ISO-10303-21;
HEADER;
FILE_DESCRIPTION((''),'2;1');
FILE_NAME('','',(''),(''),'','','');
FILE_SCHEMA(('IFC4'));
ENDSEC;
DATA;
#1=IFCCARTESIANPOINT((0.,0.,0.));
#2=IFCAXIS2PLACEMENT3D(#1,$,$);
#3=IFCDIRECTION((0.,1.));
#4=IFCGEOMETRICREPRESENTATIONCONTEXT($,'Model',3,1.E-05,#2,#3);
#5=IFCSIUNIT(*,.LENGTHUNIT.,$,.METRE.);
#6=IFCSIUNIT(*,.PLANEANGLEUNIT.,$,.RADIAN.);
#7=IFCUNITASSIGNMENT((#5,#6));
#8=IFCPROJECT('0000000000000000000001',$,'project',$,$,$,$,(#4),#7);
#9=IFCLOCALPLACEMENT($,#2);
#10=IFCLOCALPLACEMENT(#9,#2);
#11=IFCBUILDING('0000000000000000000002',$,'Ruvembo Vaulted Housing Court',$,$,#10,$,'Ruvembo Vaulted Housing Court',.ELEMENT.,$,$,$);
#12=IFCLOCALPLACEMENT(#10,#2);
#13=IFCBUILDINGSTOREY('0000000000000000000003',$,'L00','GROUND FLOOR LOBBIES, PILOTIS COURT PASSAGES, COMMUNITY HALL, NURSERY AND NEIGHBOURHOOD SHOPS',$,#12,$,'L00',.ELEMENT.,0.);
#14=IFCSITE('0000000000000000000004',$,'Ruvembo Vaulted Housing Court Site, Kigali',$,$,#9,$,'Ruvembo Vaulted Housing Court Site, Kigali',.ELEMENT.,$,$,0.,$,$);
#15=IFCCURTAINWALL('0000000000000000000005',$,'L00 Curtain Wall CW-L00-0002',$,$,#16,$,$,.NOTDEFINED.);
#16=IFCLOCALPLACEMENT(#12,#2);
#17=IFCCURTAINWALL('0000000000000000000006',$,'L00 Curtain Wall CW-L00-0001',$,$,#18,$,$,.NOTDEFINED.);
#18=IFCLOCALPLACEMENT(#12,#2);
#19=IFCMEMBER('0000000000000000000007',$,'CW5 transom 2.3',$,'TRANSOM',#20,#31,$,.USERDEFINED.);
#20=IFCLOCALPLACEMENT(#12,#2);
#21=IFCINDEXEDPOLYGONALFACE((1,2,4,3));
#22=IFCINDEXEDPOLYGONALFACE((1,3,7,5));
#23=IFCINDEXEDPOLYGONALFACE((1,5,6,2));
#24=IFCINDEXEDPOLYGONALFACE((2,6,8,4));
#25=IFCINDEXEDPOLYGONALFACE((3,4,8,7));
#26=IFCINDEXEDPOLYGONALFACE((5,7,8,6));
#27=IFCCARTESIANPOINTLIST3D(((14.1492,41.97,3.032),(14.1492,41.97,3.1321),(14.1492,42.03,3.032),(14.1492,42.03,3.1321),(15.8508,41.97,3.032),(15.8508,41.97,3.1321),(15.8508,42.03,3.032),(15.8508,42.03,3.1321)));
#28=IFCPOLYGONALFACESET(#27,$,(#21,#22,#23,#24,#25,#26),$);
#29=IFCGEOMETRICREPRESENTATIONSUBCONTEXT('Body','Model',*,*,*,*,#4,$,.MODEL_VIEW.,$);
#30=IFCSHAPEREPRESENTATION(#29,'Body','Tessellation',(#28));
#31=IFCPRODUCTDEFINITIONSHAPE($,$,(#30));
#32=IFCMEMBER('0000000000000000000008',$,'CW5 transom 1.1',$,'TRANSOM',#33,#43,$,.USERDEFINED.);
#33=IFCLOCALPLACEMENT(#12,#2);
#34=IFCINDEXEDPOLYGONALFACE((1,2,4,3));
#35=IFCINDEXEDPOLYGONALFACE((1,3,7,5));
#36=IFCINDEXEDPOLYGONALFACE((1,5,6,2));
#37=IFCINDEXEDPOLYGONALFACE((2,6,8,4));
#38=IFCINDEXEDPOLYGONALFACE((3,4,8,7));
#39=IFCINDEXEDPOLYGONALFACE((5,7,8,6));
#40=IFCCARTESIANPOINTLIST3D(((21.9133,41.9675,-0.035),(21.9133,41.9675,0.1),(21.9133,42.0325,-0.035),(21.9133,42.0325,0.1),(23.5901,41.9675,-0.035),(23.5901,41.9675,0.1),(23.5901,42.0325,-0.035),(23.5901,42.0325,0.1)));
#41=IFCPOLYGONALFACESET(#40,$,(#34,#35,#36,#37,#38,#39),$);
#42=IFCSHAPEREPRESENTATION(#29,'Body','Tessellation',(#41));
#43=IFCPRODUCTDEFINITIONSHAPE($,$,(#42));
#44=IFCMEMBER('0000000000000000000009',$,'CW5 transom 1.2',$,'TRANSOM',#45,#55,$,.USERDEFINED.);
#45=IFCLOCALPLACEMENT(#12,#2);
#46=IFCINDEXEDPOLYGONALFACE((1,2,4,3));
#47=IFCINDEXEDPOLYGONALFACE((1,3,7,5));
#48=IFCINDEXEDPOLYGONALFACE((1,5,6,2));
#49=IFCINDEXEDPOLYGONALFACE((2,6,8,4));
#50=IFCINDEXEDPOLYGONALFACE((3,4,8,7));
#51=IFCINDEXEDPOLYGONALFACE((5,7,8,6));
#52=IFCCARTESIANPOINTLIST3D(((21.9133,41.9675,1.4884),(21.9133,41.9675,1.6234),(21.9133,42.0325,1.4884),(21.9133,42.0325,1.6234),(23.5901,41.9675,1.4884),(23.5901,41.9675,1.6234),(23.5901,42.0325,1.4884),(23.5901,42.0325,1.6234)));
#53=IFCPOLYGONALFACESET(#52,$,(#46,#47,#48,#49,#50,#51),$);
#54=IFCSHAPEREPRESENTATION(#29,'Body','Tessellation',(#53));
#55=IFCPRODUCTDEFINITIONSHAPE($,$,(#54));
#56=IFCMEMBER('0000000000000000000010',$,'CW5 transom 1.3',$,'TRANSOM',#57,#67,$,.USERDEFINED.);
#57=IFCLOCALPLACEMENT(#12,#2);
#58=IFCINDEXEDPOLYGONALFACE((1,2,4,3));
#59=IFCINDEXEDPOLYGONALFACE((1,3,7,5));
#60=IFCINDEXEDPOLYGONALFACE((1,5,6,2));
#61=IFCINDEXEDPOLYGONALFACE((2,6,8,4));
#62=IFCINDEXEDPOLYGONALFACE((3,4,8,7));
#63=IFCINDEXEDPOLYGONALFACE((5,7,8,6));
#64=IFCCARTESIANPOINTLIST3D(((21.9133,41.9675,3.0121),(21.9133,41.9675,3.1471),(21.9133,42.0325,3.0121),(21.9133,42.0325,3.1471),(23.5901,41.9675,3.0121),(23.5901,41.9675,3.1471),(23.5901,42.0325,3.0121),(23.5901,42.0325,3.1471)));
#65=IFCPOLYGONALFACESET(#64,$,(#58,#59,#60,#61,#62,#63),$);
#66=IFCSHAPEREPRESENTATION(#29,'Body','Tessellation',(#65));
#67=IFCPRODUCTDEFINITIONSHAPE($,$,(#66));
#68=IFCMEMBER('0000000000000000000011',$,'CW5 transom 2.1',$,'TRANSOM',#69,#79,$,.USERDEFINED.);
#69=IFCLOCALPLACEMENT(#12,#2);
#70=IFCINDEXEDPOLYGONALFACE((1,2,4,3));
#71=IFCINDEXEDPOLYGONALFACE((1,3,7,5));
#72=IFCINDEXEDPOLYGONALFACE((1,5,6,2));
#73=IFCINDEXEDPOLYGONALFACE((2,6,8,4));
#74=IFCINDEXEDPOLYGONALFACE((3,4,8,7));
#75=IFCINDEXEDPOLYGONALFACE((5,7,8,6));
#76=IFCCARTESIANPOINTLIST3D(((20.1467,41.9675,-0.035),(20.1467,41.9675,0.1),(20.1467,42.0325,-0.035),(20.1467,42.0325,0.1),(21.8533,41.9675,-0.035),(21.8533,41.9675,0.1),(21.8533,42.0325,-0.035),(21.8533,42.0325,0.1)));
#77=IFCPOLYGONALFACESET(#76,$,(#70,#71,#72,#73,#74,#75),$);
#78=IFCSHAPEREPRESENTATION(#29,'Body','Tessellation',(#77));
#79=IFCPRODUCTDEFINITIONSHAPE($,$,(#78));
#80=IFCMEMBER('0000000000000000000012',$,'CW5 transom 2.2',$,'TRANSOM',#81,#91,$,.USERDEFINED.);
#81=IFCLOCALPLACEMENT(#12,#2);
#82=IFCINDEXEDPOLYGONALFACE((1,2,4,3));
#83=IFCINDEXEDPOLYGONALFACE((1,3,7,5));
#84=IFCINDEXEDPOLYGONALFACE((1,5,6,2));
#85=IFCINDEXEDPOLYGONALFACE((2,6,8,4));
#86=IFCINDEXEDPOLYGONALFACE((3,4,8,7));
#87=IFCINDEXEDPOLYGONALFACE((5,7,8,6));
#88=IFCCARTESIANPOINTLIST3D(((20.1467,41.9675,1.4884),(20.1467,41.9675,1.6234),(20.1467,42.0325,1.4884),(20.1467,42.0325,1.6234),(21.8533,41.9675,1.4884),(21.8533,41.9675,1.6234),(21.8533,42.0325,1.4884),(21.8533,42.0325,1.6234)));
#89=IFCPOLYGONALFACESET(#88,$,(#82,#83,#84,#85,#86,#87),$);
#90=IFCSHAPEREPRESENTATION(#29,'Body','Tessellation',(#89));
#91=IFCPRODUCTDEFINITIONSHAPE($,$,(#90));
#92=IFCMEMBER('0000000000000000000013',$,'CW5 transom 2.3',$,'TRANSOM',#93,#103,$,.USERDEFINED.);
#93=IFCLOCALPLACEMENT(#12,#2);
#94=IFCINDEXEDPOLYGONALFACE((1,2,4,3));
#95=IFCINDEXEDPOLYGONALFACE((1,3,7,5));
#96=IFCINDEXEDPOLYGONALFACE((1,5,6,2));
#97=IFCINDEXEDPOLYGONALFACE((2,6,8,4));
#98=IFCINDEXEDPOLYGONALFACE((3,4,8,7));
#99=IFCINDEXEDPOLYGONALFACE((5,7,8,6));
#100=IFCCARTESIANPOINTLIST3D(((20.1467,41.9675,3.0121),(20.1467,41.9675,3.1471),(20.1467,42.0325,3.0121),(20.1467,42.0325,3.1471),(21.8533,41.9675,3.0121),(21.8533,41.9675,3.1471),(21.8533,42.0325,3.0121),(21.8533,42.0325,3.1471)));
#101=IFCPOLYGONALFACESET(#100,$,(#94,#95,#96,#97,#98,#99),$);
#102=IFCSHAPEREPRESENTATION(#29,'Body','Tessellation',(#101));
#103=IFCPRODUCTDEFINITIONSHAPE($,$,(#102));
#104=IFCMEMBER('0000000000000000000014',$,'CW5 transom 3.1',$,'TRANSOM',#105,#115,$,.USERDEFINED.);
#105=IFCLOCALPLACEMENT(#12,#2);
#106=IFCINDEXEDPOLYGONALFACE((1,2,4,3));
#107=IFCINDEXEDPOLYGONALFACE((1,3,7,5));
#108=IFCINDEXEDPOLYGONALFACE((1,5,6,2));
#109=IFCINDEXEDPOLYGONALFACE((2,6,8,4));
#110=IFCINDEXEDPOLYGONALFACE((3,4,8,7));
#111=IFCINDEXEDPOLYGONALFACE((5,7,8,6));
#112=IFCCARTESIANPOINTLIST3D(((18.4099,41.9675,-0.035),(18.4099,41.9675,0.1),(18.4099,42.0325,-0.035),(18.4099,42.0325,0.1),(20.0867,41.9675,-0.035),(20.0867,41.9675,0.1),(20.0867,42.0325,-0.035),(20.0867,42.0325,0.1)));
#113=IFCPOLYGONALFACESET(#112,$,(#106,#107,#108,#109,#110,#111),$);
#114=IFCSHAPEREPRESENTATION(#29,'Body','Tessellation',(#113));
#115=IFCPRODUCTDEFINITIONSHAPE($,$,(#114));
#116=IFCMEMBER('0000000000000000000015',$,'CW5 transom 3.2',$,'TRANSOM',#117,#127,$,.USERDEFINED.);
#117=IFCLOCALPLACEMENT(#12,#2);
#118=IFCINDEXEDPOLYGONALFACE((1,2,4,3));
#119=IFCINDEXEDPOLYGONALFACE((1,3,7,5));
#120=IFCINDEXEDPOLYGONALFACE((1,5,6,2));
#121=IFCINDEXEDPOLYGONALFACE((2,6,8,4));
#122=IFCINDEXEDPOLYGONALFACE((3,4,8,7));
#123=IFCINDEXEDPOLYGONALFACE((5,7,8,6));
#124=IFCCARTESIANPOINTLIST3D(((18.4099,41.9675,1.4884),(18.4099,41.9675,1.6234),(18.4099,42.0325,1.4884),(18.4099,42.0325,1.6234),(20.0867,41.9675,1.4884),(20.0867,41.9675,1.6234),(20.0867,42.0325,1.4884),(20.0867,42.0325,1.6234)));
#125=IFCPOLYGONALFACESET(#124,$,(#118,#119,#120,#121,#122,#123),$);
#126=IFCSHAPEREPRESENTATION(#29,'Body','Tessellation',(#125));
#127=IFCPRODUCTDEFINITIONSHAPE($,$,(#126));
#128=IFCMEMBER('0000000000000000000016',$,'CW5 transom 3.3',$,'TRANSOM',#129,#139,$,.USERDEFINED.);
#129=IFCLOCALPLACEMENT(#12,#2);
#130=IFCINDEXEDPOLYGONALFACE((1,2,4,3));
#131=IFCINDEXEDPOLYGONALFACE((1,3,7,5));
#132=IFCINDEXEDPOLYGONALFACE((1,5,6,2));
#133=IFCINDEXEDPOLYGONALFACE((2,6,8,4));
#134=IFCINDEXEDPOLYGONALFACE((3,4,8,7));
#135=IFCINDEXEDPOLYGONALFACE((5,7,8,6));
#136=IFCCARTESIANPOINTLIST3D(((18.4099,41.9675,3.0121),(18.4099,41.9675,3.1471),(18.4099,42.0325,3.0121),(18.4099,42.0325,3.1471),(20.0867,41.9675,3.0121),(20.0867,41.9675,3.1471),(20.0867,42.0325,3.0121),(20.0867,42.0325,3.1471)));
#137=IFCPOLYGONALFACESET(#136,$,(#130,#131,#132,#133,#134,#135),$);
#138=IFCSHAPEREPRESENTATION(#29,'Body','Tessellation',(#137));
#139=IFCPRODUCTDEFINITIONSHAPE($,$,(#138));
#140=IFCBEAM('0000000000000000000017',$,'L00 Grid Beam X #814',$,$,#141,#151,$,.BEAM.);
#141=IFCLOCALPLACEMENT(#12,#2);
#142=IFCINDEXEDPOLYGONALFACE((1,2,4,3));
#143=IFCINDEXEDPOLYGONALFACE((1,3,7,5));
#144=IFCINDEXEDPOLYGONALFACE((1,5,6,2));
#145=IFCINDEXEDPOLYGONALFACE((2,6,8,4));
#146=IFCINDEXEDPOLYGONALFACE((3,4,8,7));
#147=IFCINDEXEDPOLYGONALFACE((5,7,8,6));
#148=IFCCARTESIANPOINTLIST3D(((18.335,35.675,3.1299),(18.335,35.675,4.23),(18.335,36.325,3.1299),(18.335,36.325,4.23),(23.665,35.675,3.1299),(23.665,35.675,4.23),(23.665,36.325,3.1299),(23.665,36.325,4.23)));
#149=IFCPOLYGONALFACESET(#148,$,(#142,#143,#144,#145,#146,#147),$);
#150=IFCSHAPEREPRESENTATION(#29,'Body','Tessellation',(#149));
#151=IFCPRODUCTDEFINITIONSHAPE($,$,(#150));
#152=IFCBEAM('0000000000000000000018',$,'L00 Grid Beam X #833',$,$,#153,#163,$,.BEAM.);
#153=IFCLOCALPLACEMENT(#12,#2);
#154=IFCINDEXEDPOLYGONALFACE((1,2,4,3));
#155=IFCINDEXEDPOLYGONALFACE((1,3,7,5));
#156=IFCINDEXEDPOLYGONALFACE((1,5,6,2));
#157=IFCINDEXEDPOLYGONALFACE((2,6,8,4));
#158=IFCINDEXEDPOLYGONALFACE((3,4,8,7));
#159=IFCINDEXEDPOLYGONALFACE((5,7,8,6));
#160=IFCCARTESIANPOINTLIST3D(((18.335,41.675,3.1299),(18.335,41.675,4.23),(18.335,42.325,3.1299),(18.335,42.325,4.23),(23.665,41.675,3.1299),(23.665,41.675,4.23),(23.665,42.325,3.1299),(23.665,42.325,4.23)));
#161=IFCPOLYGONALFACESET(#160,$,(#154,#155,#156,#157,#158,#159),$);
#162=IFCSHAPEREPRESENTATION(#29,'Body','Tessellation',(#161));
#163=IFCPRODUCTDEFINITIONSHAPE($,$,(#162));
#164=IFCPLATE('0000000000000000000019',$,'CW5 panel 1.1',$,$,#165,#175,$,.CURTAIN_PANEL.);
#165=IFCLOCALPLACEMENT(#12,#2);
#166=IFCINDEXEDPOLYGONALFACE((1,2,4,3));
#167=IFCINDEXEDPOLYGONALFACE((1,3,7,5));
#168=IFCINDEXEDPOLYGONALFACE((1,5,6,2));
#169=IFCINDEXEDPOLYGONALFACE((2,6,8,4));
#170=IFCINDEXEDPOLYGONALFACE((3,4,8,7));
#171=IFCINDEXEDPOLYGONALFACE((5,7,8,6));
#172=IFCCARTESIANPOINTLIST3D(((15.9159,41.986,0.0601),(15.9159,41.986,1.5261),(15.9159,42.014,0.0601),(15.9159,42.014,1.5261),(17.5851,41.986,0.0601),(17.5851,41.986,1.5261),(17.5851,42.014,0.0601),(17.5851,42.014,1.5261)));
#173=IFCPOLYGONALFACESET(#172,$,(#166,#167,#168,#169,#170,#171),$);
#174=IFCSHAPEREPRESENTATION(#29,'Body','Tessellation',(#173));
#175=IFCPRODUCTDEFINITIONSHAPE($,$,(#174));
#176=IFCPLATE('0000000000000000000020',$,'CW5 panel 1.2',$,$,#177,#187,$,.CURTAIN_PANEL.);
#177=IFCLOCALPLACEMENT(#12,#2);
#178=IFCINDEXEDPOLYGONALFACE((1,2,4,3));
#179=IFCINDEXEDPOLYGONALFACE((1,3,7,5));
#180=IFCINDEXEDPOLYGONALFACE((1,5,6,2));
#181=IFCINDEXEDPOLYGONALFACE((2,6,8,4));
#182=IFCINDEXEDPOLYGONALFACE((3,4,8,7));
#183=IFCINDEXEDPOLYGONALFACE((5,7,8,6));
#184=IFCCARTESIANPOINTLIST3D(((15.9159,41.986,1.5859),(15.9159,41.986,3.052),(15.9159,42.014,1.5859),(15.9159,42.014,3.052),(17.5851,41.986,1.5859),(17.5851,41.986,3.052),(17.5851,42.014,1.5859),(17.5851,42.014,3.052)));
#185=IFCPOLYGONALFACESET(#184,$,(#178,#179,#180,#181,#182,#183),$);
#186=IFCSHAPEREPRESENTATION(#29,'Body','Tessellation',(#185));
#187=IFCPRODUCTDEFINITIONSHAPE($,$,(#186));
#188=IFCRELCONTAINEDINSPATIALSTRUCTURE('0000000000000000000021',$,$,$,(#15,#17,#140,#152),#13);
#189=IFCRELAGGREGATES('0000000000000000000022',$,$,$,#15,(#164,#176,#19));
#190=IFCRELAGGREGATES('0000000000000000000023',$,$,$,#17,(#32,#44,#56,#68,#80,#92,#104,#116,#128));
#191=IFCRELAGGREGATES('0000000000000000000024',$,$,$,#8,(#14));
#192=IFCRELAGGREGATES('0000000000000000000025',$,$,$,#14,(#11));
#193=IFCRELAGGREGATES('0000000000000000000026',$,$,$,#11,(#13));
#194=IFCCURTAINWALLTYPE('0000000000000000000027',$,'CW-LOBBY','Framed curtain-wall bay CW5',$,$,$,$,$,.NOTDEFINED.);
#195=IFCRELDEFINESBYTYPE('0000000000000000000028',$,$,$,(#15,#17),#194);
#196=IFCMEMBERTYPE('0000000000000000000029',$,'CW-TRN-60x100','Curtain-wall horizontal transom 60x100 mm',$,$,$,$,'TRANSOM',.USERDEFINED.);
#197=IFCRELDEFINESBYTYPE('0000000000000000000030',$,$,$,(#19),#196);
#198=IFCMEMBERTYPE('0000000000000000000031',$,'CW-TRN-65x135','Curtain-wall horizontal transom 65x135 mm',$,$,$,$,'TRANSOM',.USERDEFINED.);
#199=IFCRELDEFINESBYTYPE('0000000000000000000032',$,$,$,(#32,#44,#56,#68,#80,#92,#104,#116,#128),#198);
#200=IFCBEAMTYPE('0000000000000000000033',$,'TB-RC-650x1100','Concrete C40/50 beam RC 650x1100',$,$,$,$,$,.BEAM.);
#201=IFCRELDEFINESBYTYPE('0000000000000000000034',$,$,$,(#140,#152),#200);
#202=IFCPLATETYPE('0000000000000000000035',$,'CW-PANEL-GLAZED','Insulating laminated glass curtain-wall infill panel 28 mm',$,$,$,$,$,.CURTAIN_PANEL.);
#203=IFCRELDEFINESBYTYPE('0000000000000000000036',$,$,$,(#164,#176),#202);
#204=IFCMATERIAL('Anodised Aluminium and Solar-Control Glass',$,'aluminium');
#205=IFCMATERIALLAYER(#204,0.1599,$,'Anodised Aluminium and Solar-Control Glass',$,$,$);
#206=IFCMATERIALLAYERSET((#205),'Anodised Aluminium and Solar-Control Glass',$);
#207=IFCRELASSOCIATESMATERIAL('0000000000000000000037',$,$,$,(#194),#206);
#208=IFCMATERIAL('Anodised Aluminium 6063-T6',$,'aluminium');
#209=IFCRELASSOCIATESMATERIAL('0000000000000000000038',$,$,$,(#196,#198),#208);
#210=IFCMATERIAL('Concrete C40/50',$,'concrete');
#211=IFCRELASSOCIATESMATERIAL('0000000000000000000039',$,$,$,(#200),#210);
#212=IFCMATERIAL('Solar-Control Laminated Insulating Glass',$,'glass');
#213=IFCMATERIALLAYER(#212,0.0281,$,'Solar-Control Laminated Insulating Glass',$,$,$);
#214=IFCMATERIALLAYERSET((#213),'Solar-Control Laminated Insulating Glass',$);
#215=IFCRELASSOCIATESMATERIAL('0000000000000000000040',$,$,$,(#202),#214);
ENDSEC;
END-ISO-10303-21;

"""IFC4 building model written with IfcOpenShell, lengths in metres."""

from ifc_helpers import new_model, si_unit, direction, frame, origin, origin_2d, place, context, subcontext, project, spatial, rectangle, extrude, material, layer, layer_set, material_profile, profile_set, type_object, element, aggregate, save


model = new_model("IFC4")

# Units and contexts
model_context = context("Model", 3, precision=1e-05, world=origin(), true_north=direction((0.0, 1.0)))
body_context = subcontext(model_context, "Body", "Model", "MODEL_VIEW")
ifc_project = project(units=[si_unit("LENGTHUNIT", "METRE"), si_unit("PLANEANGLEUNIT", "RADIAN")], contexts=[model_context])

# Site, building, storey
site_placement = place(None, origin())
site = spatial("IfcSite", under=ifc_project, at=site_placement, Name="Ruvembo Vaulted Housing Court Site, Kigali", LongName="Ruvembo Vaulted Housing Court Site, Kigali", CompositionType="ELEMENT", RefElevation=0.0)
building_placement = place(site_placement, origin())
building = spatial("IfcBuilding", under=site, at=building_placement, Name="Ruvembo Vaulted Housing Court", LongName="Ruvembo Vaulted Housing Court", CompositionType="ELEMENT")
storey_placement = place(building_placement, origin())
storey = spatial("IfcBuildingStorey", under=building, at=storey_placement, Name="L00", Description="GROUND FLOOR LOBBIES, PILOTIS COURT PASSAGES, COMMUNITY HALL, NURSERY AND NEIGHBOURHOOD SHOPS", LongName="L00", CompositionType="ELEMENT", Elevation=0.0)

# Shared definitions
ifc_material_1 = material(Name="Concrete C40/50", Category="concrete")

# Curtain walls
ifc_material_2 = material(Name="Anodised Aluminium and Solar-Control Glass", Category="aluminium")
ifc_layer_1 = layer(ifc_material_2, 0.1599, Name="Anodised Aluminium and Solar-Control Glass")
ifc_layer_set_1 = layer_set([ifc_layer_1], Name="Anodised Aluminium and Solar-Control Glass")
curtain_wall_type = type_object("IfcCurtainWallType", Name="CW-LOBBY", Description="Framed curtain-wall bay CW5", PredefinedType="NOTDEFINED", material=ifc_layer_set_1)
curtain_wall_1_placement = place(storey_placement, origin())
curtain_wall_1 = element("IfcCurtainWall", 1, at=curtain_wall_1_placement, inside=storey, type_object=curtain_wall_type, Name="L00 Curtain Wall CW-L00-0002", PredefinedType="NOTDEFINED")
ifc_material_3 = material(Name="Anodised Aluminium 6063-T6", Category="aluminium")
curtain_wall_2_placement = place(storey_placement, origin())
curtain_wall_2 = element("IfcCurtainWall", 2, at=curtain_wall_2_placement, inside=storey, type_object=curtain_wall_type, Name="L00 Curtain Wall CW-L00-0001", PredefinedType="NOTDEFINED")

# Members
ifc_material_profile_1 = material_profile(ifc_material_3, rectangle(XDim=0.0601, YDim=0.1001, at=origin_2d()), Name="ALU 60x100")
ifc_profile_set_1 = profile_set([ifc_material_profile_1], Name="Anodised Aluminium 6063-T6")
member_type_1 = type_object("IfcMemberType", Name="CW-TRN-60x100", Description="Curtain-wall horizontal transom 60x100 mm", ElementType="TRANSOM", PredefinedType="USERDEFINED", material=ifc_profile_set_1)
member_1_placement = place(storey_placement, frame((15.8508, 42.0, 3.082), z_axis=(-1.0, 0.0, 0.0), x_axis=(0.0, -1.0, 0.0)))
member_1 = element("IfcMember", 3, at=member_1_placement, type_object=member_type_1, Name="CW5 transom 2.3", ObjectType="TRANSOM", PredefinedType="USERDEFINED", context=body_context, shape_type="SweptSolid", body=[
    extrude(rectangle(XDim=0.0601, YDim=0.1001, at=origin_2d()), origin(), (0.0, 0.0, 1.0), 1.7017),
])
ifc_material_profile_2 = material_profile(ifc_material_3, rectangle(XDim=0.0649, YDim=0.135, at=origin_2d()), Name="ALU 65x135")
ifc_profile_set_2 = profile_set([ifc_material_profile_2], Name="Anodised Aluminium 6063-T6")
member_type_2 = type_object("IfcMemberType", Name="CW-TRN-65x135", Description="Curtain-wall horizontal transom 65x135 mm", ElementType="TRANSOM", PredefinedType="USERDEFINED", material=ifc_profile_set_2)
member_2_placement = place(storey_placement, frame((23.5901, 42.0, 0.0325), z_axis=(-1.0, 0.0, 0.0), x_axis=(0.0, -1.0, 0.0)))
member_2 = element("IfcMember", 4, at=member_2_placement, type_object=member_type_2, Name="CW5 transom 1.1", ObjectType="TRANSOM", PredefinedType="USERDEFINED", context=body_context, shape_type="SweptSolid", body=[
    extrude(rectangle(XDim=0.0649, YDim=0.135, at=origin_2d()), origin(), (0.0, 0.0, 1.0), 1.6768),
])
member_3_placement = place(storey_placement, frame((23.5901, 42.0, 1.5559), z_axis=(-1.0, 0.0, 0.0), x_axis=(0.0, -1.0, 0.0)))
member_3 = element("IfcMember", 5, at=member_3_placement, type_object=member_type_2, Name="CW5 transom 1.2", ObjectType="TRANSOM", PredefinedType="USERDEFINED", context=body_context, shape_type="SweptSolid", body=[
    extrude(rectangle(XDim=0.0649, YDim=0.135, at=origin_2d()), origin(), (0.0, 0.0, 1.0), 1.6768),
])
member_4_placement = place(storey_placement, frame((23.5901, 42.0, 3.0796), z_axis=(-1.0, 0.0, 0.0), x_axis=(0.0, -1.0, 0.0)))
member_4 = element("IfcMember", 6, at=member_4_placement, type_object=member_type_2, Name="CW5 transom 1.3", ObjectType="TRANSOM", PredefinedType="USERDEFINED", context=body_context, shape_type="SweptSolid", body=[
    extrude(rectangle(XDim=0.0649, YDim=0.135, at=origin_2d()), origin(), (0.0, 0.0, 1.0), 1.6768),
])
member_5_placement = place(storey_placement, frame((21.8533, 42.0, 0.0325), z_axis=(-1.0, 0.0, 0.0), x_axis=(0.0, -1.0, 0.0)))
member_5 = element("IfcMember", 7, at=member_5_placement, type_object=member_type_2, Name="CW5 transom 2.1", ObjectType="TRANSOM", PredefinedType="USERDEFINED", context=body_context, shape_type="SweptSolid", body=[
    extrude(rectangle(XDim=0.0649, YDim=0.135, at=origin_2d()), origin(), (0.0, 0.0, 1.0), 1.7065),
])
member_6_placement = place(storey_placement, frame((21.8533, 42.0, 1.5559), z_axis=(-1.0, 0.0, 0.0), x_axis=(0.0, -1.0, 0.0)))
member_6 = element("IfcMember", 8, at=member_6_placement, type_object=member_type_2, Name="CW5 transom 2.2", ObjectType="TRANSOM", PredefinedType="USERDEFINED", context=body_context, shape_type="SweptSolid", body=[
    extrude(rectangle(XDim=0.0649, YDim=0.135, at=origin_2d()), origin(), (0.0, 0.0, 1.0), 1.7065),
])
member_7_placement = place(storey_placement, frame((21.8533, 42.0, 3.0796), z_axis=(-1.0, 0.0, 0.0), x_axis=(0.0, -1.0, 0.0)))
member_7 = element("IfcMember", 9, at=member_7_placement, type_object=member_type_2, Name="CW5 transom 2.3", ObjectType="TRANSOM", PredefinedType="USERDEFINED", context=body_context, shape_type="SweptSolid", body=[
    extrude(rectangle(XDim=0.0649, YDim=0.135, at=origin_2d()), origin(), (0.0, 0.0, 1.0), 1.7065),
])
member_8_placement = place(storey_placement, frame((20.0867, 42.0, 0.0325), z_axis=(-1.0, 0.0, 0.0), x_axis=(0.0, -1.0, 0.0)))
member_8 = element("IfcMember", 10, at=member_8_placement, type_object=member_type_2, Name="CW5 transom 3.1", ObjectType="TRANSOM", PredefinedType="USERDEFINED", context=body_context, shape_type="SweptSolid", body=[
    extrude(rectangle(XDim=0.0649, YDim=0.135, at=origin_2d()), origin(), (0.0, 0.0, 1.0), 1.6768),
])
member_9_placement = place(storey_placement, frame((20.0867, 42.0, 1.5559), z_axis=(-1.0, 0.0, 0.0), x_axis=(0.0, -1.0, 0.0)))
member_9 = element("IfcMember", 11, at=member_9_placement, type_object=member_type_2, Name="CW5 transom 3.2", ObjectType="TRANSOM", PredefinedType="USERDEFINED", context=body_context, shape_type="SweptSolid", body=[
    extrude(rectangle(XDim=0.0649, YDim=0.135, at=origin_2d()), origin(), (0.0, 0.0, 1.0), 1.6768),
])
member_10_placement = place(storey_placement, frame((20.0867, 42.0, 3.0796), z_axis=(-1.0, 0.0, 0.0), x_axis=(0.0, -1.0, 0.0)))
member_10 = element("IfcMember", 12, at=member_10_placement, type_object=member_type_2, Name="CW5 transom 3.3", ObjectType="TRANSOM", PredefinedType="USERDEFINED", context=body_context, shape_type="SweptSolid", body=[
    extrude(rectangle(XDim=0.0649, YDim=0.135, at=origin_2d()), origin(), (0.0, 0.0, 1.0), 1.6768),
])

# Beams
ifc_material_profile_3 = material_profile(ifc_material_1, rectangle(XDim=0.6499, YDim=1.1001, at=origin_2d()), Name="RC 650x1100")
ifc_profile_set_3 = profile_set([ifc_material_profile_3], Name="Concrete C40/50")
beam_type_1 = type_object("IfcBeamType", Name="TB-RC-650x1100", Description="Concrete C40/50 beam RC 650x1100", PredefinedType="BEAM", material=ifc_profile_set_3)
for number, where, z_axis, x_axis, name in (
    (13, (18.335, 36.0, 3.6799), (1.0, 0.0, 0.0), (0.0, 1.0, 0.0), "L00 Grid Beam X #814"),
    (14, (18.335, 42.0, 3.6799), (1.0, 0.0, 0.0), (0.0, 1.0, 0.0), "L00 Grid Beam X #833"),
):
    element("IfcBeam", number, at=place(storey_placement, frame(where, z_axis=z_axis, x_axis=x_axis)), inside=storey, type_object=beam_type_1, Name=name, PredefinedType="BEAM", context=body_context, shape_type="SweptSolid", body=[
        extrude(rectangle(XDim=0.6499, YDim=1.1001, at=origin_2d()), origin(), (0.0, 0.0, 1.0), 5.3301),
    ])

# Plates
ifc_material_4 = material(Name="Solar-Control Laminated Insulating Glass", Category="glass")
ifc_layer_2 = layer(ifc_material_4, 0.0281, Name="Solar-Control Laminated Insulating Glass")
ifc_layer_set_2 = layer_set([ifc_layer_2], Name="Solar-Control Laminated Insulating Glass")
plate_type_1 = type_object("IfcPlateType", Name="CW-PANEL-GLAZED", Description="Insulating laminated glass curtain-wall infill panel 28 mm", PredefinedType="CURTAIN_PANEL", material=ifc_layer_set_2)
plate_1_placement = place(storey_placement, frame((16.7505, 42.0, 0.0601), z_axis=(0.0, 0.0, 1.0), x_axis=(-1.0, 0.0, 0.0)))
plate_1 = element("IfcPlate", 15, at=plate_1_placement, type_object=plate_type_1, Name="CW5 panel 1.1", PredefinedType="CURTAIN_PANEL", context=body_context, shape_type="SweptSolid", body=[
    extrude(rectangle(XDim=1.6692, YDim=0.0281, at=origin_2d()), origin(), (0.0, 0.0, 1.0), 1.4661),
])
plate_2_placement = place(storey_placement, frame((16.7505, 42.0, 1.5859), z_axis=(0.0, 0.0, 1.0), x_axis=(-1.0, 0.0, 0.0)))
plate_2 = element("IfcPlate", 16, at=plate_2_placement, type_object=plate_type_1, Name="CW5 panel 1.2", PredefinedType="CURTAIN_PANEL", context=body_context, shape_type="SweptSolid", body=[
    extrude(rectangle(XDim=1.6692, YDim=0.0281, at=origin_2d()), origin(), (0.0, 0.0, 1.0), 1.4661),
])
aggregate(curtain_wall_1, [plate_1, plate_2, member_1])
aggregate(curtain_wall_2, [member_2, member_3, member_4, member_5, member_6, member_7, member_8, member_9, member_10])

save(model, "model.ifc")
